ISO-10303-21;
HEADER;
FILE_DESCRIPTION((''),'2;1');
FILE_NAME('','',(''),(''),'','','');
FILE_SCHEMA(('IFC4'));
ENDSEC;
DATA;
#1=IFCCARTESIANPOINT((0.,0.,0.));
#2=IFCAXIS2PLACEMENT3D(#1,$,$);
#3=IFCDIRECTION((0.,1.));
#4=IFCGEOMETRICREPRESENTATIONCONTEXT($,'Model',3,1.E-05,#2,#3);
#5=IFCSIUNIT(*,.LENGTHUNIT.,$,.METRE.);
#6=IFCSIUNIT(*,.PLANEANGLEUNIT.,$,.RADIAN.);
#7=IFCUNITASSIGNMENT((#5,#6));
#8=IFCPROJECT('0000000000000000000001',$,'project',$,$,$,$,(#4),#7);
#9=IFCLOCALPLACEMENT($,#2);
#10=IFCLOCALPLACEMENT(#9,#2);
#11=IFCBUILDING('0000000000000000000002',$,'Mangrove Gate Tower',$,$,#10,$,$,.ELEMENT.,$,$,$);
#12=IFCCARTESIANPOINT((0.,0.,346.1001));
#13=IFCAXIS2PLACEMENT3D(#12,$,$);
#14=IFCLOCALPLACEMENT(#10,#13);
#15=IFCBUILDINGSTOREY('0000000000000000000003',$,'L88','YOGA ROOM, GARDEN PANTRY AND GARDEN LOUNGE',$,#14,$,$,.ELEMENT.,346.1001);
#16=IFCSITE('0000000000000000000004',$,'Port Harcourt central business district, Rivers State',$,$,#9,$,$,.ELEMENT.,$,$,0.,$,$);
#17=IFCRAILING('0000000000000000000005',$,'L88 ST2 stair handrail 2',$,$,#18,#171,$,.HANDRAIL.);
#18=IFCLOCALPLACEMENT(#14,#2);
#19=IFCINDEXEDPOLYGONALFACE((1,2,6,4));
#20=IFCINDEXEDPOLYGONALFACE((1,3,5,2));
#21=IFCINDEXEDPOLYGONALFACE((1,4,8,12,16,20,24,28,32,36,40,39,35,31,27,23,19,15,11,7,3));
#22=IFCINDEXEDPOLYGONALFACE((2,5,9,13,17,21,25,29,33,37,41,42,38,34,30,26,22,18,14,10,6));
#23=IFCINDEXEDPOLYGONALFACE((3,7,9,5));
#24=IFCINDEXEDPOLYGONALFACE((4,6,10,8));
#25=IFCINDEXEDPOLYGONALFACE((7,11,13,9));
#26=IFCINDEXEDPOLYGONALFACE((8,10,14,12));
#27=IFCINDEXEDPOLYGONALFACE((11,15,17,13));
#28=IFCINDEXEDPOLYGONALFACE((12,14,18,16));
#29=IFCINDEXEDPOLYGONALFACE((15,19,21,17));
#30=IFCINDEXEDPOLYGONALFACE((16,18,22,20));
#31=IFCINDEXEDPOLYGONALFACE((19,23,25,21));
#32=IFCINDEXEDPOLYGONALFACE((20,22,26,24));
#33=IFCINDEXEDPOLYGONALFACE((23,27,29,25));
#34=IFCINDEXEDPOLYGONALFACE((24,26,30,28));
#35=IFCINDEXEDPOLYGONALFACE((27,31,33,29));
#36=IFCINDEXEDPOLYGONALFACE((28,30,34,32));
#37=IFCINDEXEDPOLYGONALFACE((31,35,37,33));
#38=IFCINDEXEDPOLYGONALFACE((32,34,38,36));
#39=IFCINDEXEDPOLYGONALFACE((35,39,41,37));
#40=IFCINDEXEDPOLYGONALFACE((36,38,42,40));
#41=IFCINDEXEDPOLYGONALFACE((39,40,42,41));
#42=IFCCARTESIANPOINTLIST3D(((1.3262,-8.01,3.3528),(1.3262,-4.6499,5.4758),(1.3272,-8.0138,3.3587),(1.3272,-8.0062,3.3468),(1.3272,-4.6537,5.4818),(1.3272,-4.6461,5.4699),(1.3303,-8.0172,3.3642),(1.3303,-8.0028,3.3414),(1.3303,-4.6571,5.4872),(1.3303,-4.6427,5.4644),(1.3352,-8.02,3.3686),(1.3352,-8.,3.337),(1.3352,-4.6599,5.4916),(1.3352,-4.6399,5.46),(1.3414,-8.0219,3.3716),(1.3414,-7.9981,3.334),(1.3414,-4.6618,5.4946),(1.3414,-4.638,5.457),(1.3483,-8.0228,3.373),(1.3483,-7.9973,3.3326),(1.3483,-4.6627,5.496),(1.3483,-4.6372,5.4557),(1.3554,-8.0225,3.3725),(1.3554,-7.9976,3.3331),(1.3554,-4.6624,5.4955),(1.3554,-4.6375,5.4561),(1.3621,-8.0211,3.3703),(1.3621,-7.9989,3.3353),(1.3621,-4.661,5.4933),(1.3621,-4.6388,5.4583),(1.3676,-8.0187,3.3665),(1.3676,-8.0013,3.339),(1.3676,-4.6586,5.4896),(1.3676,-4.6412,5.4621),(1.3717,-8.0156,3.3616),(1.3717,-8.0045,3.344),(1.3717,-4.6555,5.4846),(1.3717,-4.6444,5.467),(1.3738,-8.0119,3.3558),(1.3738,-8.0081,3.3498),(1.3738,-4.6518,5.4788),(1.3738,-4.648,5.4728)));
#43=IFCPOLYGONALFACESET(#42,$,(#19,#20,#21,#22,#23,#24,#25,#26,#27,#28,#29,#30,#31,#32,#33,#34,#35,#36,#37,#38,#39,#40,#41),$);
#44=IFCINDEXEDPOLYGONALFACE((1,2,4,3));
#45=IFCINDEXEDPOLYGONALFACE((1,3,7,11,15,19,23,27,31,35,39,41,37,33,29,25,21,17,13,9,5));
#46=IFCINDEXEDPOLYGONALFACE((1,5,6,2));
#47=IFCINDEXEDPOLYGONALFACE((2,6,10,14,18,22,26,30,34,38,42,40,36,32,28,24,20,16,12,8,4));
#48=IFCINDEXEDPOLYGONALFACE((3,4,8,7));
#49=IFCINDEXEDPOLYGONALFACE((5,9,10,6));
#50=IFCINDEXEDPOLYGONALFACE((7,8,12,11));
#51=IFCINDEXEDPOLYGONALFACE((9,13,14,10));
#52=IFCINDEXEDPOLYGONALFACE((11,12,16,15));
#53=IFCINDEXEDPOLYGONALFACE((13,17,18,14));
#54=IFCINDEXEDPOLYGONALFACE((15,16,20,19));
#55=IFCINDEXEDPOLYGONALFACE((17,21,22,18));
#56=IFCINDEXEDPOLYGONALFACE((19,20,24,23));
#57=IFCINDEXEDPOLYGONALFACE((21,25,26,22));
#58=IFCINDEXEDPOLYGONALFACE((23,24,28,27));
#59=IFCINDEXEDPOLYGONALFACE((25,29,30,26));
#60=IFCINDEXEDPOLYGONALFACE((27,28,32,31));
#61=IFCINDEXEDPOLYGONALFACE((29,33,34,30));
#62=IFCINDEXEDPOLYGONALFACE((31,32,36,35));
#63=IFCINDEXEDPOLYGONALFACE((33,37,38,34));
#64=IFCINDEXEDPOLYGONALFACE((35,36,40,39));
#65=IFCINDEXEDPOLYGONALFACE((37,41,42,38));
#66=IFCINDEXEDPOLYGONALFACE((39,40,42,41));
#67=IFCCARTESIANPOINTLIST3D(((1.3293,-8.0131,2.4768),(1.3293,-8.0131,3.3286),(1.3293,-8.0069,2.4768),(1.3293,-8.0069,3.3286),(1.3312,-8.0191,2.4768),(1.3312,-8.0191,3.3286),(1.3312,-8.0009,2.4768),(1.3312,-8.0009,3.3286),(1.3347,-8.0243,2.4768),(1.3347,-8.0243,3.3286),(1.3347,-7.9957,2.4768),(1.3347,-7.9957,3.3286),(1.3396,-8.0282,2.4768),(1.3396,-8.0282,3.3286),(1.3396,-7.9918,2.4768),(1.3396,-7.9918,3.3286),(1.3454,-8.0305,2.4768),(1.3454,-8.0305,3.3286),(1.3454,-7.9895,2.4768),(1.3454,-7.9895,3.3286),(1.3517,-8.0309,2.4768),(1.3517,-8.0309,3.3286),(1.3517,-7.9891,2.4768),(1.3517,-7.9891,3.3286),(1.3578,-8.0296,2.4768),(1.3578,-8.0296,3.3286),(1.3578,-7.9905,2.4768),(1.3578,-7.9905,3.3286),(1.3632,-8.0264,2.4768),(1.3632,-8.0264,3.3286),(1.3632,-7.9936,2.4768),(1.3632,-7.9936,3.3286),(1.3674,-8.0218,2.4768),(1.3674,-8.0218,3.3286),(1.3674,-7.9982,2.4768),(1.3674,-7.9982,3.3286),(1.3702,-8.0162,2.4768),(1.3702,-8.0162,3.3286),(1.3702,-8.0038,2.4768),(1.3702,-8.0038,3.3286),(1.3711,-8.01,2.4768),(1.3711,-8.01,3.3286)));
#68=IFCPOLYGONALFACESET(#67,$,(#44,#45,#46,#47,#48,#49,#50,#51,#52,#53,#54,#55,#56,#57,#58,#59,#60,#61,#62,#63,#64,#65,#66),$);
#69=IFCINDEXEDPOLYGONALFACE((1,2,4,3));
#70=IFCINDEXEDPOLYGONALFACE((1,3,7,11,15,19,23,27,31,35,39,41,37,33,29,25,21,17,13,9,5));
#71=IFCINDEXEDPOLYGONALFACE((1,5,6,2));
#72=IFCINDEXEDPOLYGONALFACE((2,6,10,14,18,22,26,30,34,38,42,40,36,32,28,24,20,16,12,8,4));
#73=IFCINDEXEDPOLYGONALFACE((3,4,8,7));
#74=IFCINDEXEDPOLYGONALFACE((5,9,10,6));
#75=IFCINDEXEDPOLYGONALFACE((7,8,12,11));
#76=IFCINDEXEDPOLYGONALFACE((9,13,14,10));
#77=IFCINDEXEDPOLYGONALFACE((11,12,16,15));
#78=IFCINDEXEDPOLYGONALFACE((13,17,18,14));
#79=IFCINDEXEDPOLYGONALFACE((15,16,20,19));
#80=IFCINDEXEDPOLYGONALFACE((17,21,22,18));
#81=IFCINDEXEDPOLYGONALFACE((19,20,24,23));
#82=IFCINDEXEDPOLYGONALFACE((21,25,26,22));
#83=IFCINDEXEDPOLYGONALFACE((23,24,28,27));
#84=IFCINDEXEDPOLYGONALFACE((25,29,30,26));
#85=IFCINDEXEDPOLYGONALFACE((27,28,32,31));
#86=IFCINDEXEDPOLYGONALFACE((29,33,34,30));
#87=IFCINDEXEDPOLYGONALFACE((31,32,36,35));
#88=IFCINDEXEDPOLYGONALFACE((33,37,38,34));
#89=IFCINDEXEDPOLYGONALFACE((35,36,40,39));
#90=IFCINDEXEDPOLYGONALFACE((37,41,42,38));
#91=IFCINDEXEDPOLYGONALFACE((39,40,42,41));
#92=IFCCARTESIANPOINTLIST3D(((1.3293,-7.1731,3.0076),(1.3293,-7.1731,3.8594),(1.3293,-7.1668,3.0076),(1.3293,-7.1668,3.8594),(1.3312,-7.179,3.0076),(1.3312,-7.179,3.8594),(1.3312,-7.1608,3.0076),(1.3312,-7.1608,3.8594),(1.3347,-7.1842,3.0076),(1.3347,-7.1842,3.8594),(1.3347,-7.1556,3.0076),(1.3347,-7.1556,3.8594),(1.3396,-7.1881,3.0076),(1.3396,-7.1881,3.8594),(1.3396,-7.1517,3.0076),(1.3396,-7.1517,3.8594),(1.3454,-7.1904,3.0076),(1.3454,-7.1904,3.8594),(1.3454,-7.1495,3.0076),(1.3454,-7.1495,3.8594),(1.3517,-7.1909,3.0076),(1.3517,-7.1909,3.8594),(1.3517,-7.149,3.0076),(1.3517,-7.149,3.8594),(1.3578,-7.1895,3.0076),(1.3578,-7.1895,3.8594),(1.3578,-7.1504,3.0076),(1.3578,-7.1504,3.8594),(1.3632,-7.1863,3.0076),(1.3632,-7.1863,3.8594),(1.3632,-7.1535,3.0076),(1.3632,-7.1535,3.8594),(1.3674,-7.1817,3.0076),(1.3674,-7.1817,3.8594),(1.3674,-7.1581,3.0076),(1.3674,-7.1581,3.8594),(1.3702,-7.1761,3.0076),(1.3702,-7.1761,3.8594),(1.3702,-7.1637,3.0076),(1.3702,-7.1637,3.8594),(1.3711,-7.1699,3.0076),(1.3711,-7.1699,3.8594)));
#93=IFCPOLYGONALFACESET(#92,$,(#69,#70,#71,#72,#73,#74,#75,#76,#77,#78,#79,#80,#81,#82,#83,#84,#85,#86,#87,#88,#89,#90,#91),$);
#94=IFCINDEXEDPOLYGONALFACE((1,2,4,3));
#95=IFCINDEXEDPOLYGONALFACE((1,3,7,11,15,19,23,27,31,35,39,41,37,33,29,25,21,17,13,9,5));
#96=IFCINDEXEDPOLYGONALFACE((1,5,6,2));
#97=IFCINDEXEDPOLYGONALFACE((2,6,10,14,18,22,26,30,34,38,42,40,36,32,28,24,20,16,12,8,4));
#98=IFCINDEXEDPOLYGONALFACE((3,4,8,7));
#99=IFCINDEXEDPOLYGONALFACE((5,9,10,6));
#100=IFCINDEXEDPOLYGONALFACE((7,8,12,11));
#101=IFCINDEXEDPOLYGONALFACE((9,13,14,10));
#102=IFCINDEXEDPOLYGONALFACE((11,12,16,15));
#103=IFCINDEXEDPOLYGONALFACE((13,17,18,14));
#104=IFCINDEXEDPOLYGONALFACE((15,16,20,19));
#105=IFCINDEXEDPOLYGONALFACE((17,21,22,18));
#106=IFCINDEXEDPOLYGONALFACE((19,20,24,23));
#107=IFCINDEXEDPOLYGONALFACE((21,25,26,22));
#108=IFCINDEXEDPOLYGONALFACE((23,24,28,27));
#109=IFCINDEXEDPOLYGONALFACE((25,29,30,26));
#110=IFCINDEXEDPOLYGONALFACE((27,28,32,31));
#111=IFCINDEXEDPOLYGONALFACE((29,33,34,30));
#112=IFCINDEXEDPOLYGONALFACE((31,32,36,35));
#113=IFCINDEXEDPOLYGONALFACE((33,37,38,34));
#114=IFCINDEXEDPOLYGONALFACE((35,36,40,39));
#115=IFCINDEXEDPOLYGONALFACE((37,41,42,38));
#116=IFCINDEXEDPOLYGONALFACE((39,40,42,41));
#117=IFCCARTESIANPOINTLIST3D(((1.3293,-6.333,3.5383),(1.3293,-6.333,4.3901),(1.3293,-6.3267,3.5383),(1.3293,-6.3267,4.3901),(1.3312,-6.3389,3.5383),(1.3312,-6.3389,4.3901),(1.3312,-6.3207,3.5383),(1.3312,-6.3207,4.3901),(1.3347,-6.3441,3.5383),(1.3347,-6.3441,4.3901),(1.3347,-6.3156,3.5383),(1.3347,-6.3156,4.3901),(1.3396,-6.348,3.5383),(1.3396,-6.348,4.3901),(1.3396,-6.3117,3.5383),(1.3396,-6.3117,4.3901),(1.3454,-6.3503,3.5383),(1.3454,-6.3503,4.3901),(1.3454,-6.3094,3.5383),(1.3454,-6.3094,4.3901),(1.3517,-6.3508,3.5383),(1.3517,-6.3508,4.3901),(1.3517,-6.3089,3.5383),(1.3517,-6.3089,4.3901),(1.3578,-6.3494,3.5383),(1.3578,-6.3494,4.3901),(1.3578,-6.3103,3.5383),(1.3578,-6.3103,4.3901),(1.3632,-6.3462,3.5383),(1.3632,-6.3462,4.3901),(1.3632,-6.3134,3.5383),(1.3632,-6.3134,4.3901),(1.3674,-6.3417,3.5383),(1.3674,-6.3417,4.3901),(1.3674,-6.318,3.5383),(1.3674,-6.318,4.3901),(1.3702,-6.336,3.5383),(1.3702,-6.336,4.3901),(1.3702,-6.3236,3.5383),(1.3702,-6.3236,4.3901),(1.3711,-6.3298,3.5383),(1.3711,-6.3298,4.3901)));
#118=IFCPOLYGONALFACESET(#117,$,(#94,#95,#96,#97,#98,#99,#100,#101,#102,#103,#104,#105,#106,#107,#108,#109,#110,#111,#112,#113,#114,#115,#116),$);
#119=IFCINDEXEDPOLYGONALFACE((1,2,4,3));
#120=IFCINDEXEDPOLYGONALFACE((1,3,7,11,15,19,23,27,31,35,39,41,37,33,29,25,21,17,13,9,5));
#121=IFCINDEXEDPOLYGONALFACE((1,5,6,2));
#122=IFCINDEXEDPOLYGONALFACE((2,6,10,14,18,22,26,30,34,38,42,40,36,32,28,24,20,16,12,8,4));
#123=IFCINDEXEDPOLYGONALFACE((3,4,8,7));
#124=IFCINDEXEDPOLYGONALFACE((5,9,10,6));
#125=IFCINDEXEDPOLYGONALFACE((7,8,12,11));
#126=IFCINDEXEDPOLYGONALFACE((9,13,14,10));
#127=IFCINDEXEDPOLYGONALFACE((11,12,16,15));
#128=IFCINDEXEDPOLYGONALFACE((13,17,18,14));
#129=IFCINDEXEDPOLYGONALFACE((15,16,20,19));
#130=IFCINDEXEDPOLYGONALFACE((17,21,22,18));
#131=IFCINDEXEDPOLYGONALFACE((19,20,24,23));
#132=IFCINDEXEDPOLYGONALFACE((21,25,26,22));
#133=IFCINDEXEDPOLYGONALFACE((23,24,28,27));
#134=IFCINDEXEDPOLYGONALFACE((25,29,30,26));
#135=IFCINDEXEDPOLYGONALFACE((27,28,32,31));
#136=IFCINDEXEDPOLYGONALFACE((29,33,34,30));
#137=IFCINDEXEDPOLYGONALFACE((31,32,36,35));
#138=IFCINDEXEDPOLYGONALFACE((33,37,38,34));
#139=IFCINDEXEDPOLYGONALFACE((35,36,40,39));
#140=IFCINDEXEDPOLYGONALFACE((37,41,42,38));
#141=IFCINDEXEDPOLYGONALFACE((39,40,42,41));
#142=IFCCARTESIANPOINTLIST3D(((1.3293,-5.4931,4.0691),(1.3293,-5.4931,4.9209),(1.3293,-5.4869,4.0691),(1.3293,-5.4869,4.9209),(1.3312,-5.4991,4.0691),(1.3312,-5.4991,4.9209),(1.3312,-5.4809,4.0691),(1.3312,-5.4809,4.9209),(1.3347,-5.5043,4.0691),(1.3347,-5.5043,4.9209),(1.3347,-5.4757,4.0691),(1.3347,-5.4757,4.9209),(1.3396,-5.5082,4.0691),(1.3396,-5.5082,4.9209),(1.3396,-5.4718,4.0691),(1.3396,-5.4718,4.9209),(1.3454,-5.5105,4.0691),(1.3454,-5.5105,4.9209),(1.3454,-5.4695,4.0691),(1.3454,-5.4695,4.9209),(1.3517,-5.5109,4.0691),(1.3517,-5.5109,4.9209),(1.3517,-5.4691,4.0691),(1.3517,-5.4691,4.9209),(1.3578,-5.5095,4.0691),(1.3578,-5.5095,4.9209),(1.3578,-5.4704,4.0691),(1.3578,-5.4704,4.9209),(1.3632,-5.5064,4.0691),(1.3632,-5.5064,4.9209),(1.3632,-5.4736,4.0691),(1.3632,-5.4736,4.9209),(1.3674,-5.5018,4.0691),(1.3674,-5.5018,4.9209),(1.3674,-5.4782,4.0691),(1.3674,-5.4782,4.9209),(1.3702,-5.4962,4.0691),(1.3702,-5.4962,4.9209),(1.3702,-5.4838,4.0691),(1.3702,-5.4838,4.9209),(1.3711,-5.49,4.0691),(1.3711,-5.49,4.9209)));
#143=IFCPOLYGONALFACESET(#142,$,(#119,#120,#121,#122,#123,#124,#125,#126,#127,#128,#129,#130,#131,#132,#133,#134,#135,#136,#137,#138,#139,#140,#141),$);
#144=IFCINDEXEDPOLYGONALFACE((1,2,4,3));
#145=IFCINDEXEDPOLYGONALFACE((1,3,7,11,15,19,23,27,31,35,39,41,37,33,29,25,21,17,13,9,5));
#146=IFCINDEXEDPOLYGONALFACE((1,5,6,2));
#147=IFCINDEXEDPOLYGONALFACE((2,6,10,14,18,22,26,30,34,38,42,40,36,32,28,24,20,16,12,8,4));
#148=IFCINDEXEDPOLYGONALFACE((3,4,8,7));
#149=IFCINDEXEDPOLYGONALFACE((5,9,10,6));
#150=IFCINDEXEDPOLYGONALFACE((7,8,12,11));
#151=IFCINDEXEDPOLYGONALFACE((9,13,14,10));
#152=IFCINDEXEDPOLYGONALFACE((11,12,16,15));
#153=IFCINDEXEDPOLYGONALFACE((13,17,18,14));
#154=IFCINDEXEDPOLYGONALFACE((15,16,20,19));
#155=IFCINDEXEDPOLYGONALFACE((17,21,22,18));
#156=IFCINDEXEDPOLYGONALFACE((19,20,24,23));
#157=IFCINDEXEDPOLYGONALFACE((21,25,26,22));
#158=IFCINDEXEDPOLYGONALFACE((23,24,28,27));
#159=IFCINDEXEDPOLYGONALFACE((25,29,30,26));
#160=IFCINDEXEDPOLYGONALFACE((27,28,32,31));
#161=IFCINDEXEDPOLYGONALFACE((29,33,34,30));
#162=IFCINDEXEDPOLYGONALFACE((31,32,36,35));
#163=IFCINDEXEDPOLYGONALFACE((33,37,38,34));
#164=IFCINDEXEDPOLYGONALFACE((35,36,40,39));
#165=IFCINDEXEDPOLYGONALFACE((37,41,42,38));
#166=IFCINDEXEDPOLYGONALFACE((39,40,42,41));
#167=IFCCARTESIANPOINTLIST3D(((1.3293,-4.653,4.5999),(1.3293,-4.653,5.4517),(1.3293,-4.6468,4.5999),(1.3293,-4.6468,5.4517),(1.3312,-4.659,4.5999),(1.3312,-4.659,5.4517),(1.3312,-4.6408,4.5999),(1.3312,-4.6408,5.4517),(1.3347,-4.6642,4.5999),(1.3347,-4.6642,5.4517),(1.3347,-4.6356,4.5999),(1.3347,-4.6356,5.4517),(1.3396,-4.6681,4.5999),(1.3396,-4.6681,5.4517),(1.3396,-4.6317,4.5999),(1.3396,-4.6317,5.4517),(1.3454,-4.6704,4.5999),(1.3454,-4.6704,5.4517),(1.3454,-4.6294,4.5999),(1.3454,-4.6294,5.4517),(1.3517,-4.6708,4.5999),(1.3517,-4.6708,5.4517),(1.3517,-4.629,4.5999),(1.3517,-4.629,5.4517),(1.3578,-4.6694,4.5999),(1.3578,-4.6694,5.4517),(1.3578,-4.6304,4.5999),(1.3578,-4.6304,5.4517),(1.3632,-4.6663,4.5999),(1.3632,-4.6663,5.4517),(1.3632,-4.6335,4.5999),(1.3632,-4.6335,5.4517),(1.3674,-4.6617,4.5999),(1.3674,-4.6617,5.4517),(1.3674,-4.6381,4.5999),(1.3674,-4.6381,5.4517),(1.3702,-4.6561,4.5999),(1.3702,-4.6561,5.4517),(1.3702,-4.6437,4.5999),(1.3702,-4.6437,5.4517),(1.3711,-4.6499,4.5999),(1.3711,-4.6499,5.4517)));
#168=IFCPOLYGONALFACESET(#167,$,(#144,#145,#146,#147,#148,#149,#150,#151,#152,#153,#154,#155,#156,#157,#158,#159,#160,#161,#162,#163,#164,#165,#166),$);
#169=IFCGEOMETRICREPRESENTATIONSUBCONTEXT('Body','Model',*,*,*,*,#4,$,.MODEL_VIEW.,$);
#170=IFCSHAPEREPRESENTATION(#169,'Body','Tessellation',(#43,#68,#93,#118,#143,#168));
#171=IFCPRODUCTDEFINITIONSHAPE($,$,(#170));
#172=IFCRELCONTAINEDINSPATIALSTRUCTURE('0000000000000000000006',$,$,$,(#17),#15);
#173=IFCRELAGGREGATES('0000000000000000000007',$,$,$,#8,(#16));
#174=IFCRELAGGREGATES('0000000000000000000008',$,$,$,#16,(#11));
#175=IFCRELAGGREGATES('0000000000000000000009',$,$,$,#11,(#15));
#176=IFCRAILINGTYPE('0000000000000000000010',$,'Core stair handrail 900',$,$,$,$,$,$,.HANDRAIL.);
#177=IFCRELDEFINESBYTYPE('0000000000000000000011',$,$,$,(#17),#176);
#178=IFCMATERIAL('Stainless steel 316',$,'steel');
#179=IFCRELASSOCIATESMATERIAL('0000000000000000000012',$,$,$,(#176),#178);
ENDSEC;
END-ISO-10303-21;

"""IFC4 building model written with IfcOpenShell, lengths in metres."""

from ifc_helpers import new_model, si_unit, direction, frame, origin, origin_2d, place, context, subcontext, project, spatial, circle, extrude, material, type_object, element, save


model = new_model("IFC4")

# Units and contexts
model_context = context("Model", 3, precision=1e-05, world=origin(), true_north=direction((0.0, 1.0)))
body_context = subcontext(model_context, "Body", "Model", "MODEL_VIEW")
ifc_project = project(units=[si_unit("LENGTHUNIT", "METRE"), si_unit("PLANEANGLEUNIT", "RADIAN")], contexts=[model_context])

# Site, building, storey
site_placement = place(None, origin())
site = spatial("IfcSite", under=ifc_project, at=site_placement, Name="Port Harcourt central business district, Rivers State", CompositionType="ELEMENT", RefElevation=0.0)
building_placement = place(site_placement, origin())
building = spatial("IfcBuilding", under=site, at=building_placement, Name="Mangrove Gate Tower", CompositionType="ELEMENT")
storey_placement = place(building_placement, frame((0.0, 0.0, 346.1001)))
storey = spatial("IfcBuildingStorey", under=building, at=storey_placement, Name="L88", Description="YOGA ROOM, GARDEN PANTRY AND GARDEN LOUNGE", CompositionType="ELEMENT", Elevation=346.1001)

# Railing
ifc_material_1 = material(Name="Stainless steel 316", Category="steel")
railing_type_1 = type_object("IfcRailingType", Name="Core stair handrail 900", PredefinedType="HANDRAIL", material=ifc_material_1)
railing_1_placement = place(storey_placement, frame((1.3501, -8.01, 2.4768)))
element("IfcRailing", 1, at=railing_1_placement, inside=storey, type_object=railing_type_1, Name="L88 ST2 stair handrail 2", PredefinedType="HANDRAIL", context=body_context, shape_type="SweptSolid", body=[
    extrude(circle(Radius=0.0239, at=origin_2d()), frame((0.0, 0.0, 0.876), z_axis=(0.0, 0.84539, 0.53415), x_axis=(-1.0, 0.0, 0.0)), (0.0, 0.0, 1.0), 3.9746),
    extrude(circle(Radius=0.021, at=origin_2d()), origin(), (0.0, 0.0, 1.0), 0.8518),
    extrude(circle(Radius=0.021, at=origin_2d()), frame((0.0, 0.8401, 0.5308)), (0.0, 0.0, 1.0), 0.8518),
    extrude(circle(Radius=0.021, at=origin_2d()), frame((0.0, 1.6802, 1.0615)), (0.0, 0.0, 1.0), 0.8518),
    extrude(circle(Radius=0.021, at=origin_2d()), frame((0.0, 2.52, 1.5923)), (0.0, 0.0, 1.0), 0.8518),
    extrude(circle(Radius=0.021, at=origin_2d()), frame((0.0, 3.3601, 2.123)), (0.0, 0.0, 1.0), 0.8518),
])

save(model, "model.ifc")
